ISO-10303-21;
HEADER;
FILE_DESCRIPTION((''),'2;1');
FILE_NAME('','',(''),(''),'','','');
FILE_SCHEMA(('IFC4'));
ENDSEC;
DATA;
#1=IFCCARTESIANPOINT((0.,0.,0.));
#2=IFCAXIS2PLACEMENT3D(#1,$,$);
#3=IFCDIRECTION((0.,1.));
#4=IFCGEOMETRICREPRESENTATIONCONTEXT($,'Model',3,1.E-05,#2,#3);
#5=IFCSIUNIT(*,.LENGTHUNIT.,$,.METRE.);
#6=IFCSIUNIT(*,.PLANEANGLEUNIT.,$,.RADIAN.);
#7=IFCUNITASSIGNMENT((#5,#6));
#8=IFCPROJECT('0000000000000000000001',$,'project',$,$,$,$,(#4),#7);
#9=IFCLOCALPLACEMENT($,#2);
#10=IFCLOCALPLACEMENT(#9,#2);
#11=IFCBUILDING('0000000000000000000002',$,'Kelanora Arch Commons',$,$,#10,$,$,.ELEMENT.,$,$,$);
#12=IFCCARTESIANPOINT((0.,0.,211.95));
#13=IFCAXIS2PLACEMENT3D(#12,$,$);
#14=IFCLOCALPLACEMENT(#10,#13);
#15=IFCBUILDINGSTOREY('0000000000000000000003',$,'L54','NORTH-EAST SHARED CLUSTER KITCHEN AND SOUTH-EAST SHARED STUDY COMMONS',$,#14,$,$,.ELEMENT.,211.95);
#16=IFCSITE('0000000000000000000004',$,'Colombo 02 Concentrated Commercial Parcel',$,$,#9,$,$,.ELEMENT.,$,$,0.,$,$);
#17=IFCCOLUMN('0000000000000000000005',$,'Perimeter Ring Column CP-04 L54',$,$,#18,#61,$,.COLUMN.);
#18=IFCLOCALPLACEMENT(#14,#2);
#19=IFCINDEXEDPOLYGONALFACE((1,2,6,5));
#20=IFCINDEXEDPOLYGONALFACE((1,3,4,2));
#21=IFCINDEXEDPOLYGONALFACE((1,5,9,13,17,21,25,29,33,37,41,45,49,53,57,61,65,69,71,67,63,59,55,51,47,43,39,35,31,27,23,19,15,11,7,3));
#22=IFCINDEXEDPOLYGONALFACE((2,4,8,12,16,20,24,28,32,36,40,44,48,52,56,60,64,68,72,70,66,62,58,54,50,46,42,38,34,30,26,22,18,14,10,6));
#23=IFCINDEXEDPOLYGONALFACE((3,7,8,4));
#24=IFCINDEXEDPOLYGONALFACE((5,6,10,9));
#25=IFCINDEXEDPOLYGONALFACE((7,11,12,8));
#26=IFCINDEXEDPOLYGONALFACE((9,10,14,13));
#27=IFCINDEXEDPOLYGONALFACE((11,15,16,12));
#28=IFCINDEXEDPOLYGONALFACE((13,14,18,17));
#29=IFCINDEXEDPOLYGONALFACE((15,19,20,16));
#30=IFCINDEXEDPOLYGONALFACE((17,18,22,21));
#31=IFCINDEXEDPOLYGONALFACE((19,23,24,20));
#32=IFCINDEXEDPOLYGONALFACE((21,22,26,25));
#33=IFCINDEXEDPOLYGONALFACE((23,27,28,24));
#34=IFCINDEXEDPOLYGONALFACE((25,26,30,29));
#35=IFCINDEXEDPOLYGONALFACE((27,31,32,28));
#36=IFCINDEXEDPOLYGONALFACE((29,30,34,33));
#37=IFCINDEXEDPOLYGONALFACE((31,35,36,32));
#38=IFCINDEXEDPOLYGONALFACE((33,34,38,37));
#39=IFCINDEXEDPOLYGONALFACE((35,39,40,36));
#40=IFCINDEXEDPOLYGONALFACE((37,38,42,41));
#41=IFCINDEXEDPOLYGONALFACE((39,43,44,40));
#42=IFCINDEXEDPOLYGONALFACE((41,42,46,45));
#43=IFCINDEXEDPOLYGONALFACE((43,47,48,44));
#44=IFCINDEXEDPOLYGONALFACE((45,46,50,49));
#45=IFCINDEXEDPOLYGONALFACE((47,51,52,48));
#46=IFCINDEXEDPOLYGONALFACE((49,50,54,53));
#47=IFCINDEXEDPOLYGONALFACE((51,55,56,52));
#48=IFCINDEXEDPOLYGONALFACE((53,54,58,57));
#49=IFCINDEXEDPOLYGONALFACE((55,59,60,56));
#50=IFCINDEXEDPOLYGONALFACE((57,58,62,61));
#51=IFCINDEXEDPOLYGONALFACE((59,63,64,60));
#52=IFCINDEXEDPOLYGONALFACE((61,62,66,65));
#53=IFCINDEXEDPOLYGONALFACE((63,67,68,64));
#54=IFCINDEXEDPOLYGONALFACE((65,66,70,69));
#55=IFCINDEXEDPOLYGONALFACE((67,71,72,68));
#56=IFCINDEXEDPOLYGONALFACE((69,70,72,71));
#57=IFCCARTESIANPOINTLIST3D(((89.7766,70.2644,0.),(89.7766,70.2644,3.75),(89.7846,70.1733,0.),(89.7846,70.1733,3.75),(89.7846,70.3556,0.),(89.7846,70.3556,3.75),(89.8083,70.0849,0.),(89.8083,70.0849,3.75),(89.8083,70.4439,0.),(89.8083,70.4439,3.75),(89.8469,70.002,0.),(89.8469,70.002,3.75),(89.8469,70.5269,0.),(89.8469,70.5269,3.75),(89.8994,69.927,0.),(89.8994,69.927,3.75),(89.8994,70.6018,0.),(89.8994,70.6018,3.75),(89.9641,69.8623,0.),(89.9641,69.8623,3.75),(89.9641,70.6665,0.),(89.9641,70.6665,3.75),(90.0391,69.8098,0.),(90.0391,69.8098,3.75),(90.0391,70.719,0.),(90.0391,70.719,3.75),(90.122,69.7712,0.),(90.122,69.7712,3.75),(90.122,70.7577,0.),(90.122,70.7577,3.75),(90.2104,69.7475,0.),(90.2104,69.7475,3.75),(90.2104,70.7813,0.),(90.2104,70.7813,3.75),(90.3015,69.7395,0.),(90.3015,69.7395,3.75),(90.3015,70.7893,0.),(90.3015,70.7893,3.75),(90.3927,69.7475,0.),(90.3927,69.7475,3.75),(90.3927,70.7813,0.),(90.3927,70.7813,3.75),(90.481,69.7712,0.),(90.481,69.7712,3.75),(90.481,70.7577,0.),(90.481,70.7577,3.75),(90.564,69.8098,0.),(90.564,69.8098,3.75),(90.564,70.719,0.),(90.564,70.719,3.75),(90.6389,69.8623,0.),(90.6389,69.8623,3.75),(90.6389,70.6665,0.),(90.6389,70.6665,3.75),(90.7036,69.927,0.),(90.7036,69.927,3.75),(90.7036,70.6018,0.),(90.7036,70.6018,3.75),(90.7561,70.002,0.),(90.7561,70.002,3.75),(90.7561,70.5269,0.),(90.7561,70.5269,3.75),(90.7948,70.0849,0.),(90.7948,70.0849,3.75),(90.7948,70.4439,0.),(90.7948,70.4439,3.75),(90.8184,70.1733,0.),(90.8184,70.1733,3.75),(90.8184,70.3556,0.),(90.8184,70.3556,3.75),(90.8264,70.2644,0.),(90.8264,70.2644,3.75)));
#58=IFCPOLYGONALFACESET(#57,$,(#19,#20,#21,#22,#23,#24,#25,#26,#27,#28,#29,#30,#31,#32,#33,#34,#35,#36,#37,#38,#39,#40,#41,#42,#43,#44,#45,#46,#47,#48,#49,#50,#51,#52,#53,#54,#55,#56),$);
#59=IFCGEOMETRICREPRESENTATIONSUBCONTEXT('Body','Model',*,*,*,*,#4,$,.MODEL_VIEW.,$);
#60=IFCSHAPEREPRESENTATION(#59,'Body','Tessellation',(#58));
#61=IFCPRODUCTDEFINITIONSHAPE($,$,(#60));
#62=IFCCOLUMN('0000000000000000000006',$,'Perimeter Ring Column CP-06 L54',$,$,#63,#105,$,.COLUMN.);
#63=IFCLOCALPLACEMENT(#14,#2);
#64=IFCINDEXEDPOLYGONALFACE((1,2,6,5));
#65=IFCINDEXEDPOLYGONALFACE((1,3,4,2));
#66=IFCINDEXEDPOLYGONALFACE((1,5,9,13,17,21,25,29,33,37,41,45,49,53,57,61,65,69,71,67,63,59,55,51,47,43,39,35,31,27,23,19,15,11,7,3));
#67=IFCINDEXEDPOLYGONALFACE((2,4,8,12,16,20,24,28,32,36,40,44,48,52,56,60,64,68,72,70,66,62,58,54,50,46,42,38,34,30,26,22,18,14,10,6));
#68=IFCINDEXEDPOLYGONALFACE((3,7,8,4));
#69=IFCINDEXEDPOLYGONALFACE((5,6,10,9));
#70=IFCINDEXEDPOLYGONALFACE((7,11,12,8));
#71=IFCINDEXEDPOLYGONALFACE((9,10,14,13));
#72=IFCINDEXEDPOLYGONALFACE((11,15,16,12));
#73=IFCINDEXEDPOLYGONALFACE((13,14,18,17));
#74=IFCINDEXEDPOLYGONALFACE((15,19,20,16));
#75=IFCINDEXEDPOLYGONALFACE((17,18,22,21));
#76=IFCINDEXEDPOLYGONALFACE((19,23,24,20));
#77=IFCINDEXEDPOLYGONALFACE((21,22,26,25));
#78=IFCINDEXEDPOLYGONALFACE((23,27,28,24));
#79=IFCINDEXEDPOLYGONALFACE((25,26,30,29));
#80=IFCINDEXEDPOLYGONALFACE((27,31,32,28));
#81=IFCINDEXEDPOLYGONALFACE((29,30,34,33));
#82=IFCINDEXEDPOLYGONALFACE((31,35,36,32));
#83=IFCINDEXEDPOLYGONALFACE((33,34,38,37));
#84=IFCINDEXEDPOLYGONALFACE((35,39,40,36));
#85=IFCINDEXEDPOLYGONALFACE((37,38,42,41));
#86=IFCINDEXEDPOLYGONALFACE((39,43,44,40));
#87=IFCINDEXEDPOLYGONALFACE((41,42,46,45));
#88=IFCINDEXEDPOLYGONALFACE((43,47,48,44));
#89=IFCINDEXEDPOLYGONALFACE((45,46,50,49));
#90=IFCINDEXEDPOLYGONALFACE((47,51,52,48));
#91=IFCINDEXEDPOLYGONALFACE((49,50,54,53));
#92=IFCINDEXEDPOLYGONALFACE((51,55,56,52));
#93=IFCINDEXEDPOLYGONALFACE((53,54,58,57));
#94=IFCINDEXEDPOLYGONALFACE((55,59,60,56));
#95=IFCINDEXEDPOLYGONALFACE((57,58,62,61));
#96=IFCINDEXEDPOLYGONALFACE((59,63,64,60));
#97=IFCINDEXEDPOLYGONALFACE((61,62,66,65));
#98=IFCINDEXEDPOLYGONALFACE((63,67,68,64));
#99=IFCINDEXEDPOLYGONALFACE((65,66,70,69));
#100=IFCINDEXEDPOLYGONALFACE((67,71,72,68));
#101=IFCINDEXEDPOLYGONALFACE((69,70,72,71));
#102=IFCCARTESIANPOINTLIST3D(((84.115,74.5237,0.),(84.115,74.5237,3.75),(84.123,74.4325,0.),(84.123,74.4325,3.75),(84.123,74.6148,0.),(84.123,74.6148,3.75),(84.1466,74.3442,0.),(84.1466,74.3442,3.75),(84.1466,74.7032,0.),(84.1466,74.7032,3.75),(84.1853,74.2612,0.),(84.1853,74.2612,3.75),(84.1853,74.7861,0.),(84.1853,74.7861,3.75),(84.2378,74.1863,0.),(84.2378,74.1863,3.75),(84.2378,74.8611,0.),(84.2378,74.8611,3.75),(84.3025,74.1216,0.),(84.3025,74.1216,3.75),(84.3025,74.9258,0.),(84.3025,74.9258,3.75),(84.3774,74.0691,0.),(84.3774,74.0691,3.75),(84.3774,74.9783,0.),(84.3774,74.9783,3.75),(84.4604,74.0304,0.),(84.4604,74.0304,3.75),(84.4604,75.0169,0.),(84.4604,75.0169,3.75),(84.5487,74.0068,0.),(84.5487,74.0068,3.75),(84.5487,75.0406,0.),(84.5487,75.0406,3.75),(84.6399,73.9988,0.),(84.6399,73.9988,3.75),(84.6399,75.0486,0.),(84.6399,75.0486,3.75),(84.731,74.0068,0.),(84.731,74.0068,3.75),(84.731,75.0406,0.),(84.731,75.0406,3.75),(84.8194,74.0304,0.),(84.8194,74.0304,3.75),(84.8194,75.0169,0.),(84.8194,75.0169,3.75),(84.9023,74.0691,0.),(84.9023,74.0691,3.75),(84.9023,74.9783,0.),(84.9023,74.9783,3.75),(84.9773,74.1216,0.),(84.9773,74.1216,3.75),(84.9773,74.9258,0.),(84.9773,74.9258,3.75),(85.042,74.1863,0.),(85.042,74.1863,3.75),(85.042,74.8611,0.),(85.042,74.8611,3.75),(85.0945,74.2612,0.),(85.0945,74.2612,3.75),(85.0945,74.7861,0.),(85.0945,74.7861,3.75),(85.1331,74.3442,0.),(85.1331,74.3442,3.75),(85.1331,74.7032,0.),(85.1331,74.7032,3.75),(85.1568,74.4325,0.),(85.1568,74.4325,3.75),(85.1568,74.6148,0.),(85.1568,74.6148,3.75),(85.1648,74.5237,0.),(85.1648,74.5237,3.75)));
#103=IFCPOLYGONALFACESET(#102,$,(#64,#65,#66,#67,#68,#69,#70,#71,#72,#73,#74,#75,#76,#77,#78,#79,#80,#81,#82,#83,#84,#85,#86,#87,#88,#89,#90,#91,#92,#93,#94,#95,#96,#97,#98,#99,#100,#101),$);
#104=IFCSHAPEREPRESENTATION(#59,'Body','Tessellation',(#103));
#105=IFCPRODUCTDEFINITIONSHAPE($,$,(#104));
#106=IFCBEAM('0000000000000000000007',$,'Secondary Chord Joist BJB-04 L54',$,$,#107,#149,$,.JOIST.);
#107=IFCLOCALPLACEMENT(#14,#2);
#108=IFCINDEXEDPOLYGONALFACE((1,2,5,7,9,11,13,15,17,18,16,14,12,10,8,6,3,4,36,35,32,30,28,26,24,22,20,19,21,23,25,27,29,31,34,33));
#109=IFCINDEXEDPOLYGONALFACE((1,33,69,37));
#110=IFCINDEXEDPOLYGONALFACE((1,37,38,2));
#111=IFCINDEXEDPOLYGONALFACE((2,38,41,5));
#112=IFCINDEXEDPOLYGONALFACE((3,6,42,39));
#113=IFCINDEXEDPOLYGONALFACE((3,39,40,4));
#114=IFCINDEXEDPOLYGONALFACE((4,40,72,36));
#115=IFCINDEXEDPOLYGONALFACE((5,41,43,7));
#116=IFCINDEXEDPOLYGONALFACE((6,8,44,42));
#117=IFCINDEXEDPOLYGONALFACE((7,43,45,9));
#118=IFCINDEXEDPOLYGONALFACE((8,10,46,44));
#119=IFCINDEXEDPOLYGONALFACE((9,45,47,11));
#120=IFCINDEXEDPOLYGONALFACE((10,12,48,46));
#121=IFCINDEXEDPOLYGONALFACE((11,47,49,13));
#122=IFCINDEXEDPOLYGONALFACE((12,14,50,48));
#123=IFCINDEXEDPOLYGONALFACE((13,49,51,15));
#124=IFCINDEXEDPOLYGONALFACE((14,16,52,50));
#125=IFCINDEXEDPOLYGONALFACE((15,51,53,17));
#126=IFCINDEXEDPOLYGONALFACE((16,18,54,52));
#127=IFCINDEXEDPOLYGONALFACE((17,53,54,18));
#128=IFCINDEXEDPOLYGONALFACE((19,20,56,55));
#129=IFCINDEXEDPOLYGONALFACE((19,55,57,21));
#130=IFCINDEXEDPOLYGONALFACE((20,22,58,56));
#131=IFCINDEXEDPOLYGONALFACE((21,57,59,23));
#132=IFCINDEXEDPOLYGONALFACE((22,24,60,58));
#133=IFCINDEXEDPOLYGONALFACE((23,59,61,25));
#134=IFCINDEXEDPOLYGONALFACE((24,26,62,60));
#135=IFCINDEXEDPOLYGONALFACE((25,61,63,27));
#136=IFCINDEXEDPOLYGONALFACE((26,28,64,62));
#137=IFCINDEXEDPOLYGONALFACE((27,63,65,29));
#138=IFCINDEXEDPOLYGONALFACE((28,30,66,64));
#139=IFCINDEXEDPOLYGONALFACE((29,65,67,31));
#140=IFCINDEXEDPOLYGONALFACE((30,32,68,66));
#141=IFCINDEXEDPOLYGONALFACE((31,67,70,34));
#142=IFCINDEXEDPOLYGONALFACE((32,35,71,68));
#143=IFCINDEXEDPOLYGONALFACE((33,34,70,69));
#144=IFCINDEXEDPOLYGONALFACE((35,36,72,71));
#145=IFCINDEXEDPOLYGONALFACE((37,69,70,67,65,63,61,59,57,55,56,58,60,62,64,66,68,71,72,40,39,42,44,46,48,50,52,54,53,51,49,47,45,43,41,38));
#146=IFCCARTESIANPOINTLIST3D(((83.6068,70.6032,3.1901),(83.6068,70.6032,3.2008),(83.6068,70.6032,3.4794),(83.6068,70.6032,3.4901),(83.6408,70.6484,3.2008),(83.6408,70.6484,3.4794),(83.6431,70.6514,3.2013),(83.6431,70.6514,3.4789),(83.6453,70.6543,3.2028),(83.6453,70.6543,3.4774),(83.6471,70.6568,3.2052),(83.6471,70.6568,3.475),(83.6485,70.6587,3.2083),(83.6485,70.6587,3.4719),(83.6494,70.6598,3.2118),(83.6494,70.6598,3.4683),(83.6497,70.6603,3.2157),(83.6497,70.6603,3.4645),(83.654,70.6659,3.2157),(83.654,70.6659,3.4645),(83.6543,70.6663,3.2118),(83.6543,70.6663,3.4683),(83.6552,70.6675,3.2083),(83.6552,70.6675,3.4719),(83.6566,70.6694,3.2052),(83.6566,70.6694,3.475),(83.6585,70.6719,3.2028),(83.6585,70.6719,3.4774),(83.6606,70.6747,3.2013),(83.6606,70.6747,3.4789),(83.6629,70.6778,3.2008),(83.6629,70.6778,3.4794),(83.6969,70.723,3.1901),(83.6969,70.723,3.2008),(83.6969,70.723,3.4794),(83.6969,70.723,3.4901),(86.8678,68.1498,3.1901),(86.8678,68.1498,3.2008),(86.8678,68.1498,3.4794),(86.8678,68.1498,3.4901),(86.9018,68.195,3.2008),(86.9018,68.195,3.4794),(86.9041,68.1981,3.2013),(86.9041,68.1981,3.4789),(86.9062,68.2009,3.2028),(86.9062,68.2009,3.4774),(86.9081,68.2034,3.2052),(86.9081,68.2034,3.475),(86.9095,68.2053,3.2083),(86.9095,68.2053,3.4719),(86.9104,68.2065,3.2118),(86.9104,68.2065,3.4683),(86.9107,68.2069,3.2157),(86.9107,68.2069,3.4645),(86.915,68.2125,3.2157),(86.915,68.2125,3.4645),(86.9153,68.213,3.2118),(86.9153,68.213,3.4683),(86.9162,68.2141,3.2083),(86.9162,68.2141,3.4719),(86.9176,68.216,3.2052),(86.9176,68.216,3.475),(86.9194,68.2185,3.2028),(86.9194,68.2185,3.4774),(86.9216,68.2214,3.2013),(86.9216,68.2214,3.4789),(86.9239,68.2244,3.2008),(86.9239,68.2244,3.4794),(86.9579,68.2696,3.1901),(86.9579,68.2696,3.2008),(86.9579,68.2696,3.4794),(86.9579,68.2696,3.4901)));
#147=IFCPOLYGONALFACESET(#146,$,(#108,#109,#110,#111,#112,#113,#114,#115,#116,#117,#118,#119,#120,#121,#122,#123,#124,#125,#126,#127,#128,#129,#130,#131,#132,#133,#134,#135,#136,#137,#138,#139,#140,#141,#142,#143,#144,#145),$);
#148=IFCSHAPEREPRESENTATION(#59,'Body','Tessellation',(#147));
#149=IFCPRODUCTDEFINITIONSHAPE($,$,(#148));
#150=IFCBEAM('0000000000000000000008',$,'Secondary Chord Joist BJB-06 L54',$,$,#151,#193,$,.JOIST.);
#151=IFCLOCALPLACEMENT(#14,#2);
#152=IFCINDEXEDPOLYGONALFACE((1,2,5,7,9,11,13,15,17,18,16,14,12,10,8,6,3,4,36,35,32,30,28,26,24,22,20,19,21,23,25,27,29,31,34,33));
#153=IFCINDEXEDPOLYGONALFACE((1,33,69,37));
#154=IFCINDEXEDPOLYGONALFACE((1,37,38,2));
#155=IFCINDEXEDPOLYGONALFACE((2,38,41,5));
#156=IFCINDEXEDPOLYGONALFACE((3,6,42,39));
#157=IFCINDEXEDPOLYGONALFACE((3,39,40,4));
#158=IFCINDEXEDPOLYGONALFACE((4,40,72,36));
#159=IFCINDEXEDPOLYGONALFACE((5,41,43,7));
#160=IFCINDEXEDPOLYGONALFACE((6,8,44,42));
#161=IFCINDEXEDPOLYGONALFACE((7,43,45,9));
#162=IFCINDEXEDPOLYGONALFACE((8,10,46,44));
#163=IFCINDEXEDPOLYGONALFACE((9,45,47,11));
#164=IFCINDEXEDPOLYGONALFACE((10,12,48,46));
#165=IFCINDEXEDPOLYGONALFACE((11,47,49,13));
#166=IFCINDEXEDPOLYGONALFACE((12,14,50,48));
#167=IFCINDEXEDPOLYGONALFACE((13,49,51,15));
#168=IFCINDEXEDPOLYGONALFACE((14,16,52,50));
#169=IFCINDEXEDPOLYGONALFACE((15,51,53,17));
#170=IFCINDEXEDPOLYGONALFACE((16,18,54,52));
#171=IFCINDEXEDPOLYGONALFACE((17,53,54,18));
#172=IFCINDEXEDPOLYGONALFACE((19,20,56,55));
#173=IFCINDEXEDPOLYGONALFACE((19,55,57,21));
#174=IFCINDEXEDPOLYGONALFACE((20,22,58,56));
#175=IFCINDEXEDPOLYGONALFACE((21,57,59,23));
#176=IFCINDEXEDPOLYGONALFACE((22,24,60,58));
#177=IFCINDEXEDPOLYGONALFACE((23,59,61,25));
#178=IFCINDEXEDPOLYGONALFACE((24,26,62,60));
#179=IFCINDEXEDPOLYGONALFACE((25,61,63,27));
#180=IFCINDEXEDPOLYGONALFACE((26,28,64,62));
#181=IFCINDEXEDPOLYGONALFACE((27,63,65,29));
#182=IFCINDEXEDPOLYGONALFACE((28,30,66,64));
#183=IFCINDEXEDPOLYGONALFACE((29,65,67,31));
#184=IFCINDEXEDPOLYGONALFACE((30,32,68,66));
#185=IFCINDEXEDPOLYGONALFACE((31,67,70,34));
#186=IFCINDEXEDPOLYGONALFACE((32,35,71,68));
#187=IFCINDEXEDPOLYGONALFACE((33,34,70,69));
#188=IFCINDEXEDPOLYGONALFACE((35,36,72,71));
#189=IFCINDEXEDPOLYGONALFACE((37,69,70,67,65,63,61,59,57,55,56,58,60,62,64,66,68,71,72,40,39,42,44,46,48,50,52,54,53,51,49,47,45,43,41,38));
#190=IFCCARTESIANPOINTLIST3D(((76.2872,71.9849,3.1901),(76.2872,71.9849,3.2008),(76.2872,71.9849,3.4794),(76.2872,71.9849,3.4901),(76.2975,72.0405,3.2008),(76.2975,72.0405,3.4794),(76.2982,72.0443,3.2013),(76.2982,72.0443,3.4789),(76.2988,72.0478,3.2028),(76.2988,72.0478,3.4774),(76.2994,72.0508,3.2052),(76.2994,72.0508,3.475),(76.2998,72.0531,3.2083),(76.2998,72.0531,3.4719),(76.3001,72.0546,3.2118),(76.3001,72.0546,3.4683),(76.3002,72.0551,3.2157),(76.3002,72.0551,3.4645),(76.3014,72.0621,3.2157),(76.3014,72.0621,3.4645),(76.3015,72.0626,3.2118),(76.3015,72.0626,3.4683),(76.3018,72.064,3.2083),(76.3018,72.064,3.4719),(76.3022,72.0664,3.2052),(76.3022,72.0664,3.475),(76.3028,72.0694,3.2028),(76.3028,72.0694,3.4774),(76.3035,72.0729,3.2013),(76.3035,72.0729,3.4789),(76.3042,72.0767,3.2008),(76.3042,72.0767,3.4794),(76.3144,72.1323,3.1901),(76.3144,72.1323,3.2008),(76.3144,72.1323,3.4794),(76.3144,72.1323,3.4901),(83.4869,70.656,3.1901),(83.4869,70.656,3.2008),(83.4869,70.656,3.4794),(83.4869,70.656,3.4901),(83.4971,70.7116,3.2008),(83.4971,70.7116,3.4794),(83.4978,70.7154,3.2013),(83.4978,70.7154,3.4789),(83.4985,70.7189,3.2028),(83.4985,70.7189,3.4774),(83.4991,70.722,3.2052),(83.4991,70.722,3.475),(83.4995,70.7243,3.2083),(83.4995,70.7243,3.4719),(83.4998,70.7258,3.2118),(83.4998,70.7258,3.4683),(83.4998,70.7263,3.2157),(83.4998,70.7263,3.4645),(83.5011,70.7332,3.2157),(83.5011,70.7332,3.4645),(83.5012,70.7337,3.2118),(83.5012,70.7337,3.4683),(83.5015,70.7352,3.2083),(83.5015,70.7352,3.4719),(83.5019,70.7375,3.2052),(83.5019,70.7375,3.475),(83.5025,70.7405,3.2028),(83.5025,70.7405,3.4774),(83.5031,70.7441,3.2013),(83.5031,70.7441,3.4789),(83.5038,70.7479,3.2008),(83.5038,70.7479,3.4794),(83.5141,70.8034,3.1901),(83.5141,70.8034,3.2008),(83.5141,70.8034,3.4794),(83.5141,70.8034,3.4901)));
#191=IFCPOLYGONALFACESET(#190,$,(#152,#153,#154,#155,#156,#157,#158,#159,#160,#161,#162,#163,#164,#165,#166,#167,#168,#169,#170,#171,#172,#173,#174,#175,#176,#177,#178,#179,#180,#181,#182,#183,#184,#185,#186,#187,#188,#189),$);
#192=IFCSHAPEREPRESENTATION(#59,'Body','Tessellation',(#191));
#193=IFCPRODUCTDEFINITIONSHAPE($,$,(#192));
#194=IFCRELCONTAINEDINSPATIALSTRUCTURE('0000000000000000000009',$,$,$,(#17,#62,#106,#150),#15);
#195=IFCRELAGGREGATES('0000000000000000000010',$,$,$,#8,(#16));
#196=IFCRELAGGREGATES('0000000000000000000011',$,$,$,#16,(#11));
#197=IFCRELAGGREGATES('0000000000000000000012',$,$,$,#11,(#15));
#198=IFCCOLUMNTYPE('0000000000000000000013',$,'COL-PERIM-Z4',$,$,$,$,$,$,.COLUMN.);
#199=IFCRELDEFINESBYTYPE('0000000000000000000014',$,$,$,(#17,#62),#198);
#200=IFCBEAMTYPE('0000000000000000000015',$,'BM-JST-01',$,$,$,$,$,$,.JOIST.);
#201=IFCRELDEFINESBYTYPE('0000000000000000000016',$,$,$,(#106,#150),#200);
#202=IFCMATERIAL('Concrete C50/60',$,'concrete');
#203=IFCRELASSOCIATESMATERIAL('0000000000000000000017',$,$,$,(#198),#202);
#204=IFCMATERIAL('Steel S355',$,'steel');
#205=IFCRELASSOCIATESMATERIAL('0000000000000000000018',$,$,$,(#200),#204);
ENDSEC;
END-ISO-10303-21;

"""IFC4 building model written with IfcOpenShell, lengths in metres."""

from ifc_helpers import new_model, si_unit, direction, frame, origin, origin_2d, place, context, subcontext, project, spatial, circle, i_section, extrude, material, material_profile, profile_set, type_object, element, save


model = new_model("IFC4")

# Units and contexts
model_context = context("Model", 3, precision=1e-05, world=origin(), true_north=direction((0.0, 1.0)))
body_context = subcontext(model_context, "Body", "Model", "MODEL_VIEW")
ifc_project = project(units=[si_unit("LENGTHUNIT", "METRE"), si_unit("PLANEANGLEUNIT", "RADIAN")], contexts=[model_context])

# Site, building, storey
site_placement = place(None, origin())
site = spatial("IfcSite", under=ifc_project, at=site_placement, Name="Colombo 02 Concentrated Commercial Parcel", CompositionType="ELEMENT", RefElevation=0.0)
building_placement = place(site_placement, origin())
building = spatial("IfcBuilding", under=site, at=building_placement, Name="Kelanora Arch Commons", CompositionType="ELEMENT")
storey_placement = place(building_placement, frame((0.0, 0.0, 211.95)))
storey = spatial("IfcBuildingStorey", under=building, at=storey_placement, Name="L54", Description="NORTH-EAST SHARED CLUSTER KITCHEN AND SOUTH-EAST SHARED STUDY COMMONS", CompositionType="ELEMENT", Elevation=211.95)

# Columns
ifc_material_1 = material(Name="Concrete C50/60", Category="concrete")
ifc_material_profile_1 = material_profile(ifc_material_1, circle(Radius=0.5249, at=origin_2d()), Name="RCC1050")
ifc_profile_set_1 = profile_set([ifc_material_profile_1], Name="Concrete C50/60")
column_type = type_object("IfcColumnType", Name="COL-PERIM-Z4", PredefinedType="COLUMN", material=ifc_profile_set_1)
for number, where, z_axis, x_axis, name in (
    (1, (90.3015, 70.2644, 0.0), (0.0, 0.0, 1.0), (1.0, 0.0, 0.0), "Perimeter Ring Column CP-04 L54"),
    (2, (84.6399, 74.5237, 0.0), (0.0, 0.0, 1.0), (1.0, 0.0, 0.0), "Perimeter Ring Column CP-06 L54"),
):
    element("IfcColumn", number, at=place(storey_placement, frame(where, z_axis=z_axis, x_axis=x_axis)), inside=storey, type_object=column_type, Name=name, PredefinedType="COLUMN", context=body_context, shape_type="SweptSolid", body=[
        extrude(circle(Radius=0.5249, at=origin_2d()), origin(), (0.0, 0.0, 1.0), 3.75),
    ])

# Beams
ifc_material_2 = material(Name="Steel S355", Category="steel")
ifc_material_profile_2 = material_profile(ifc_material_2, i_section(OverallWidth=0.1499, OverallDepth=0.3, WebThickness=0.0071, FlangeThickness=0.0107, FilletRadius=0.0149, at=origin_2d()), Name="IPE300")
ifc_profile_set_2 = profile_set([ifc_material_profile_2], Name="Steel S355")
beam_type_1 = type_object("IfcBeamType", Name="BM-JST-01", PredefinedType="JOIST", material=ifc_profile_set_2)
beam_1_placement = place(storey_placement, frame((86.9128, 68.2097, 3.3401), z_axis=(-0.799102, 0.601196, 0.0), x_axis=(-0.601196, -0.799102, 0.0)))
element("IfcBeam", 3, at=beam_1_placement, inside=storey, type_object=beam_type_1, Name="Secondary Chord Joist BJB-04 L54", PredefinedType="JOIST", context=body_context, shape_type="SweptSolid", body=[
    extrude(i_section(OverallWidth=0.1499, OverallDepth=0.3, WebThickness=0.0071, FlangeThickness=0.0107, FilletRadius=0.0149, at=origin_2d()), origin(), (0.0, 0.0, 1.0), 4.0808),
])
beam_2_placement = place(storey_placement, frame((83.5005, 70.7297, 3.3401), z_axis=(-0.98339, 0.181505, 0.0), x_axis=(-0.181505, -0.98339, 0.0)))
element("IfcBeam", 4, at=beam_2_placement, inside=storey, type_object=beam_type_1, Name="Secondary Chord Joist BJB-06 L54", PredefinedType="JOIST", context=body_context, shape_type="SweptSolid", body=[
    extrude(i_section(OverallWidth=0.1499, OverallDepth=0.3, WebThickness=0.0071, FlangeThickness=0.0107, FilletRadius=0.0149, at=origin_2d()), origin(), (0.0, 0.0, 1.0), 7.3213),
])

save(model, "model.ifc")
